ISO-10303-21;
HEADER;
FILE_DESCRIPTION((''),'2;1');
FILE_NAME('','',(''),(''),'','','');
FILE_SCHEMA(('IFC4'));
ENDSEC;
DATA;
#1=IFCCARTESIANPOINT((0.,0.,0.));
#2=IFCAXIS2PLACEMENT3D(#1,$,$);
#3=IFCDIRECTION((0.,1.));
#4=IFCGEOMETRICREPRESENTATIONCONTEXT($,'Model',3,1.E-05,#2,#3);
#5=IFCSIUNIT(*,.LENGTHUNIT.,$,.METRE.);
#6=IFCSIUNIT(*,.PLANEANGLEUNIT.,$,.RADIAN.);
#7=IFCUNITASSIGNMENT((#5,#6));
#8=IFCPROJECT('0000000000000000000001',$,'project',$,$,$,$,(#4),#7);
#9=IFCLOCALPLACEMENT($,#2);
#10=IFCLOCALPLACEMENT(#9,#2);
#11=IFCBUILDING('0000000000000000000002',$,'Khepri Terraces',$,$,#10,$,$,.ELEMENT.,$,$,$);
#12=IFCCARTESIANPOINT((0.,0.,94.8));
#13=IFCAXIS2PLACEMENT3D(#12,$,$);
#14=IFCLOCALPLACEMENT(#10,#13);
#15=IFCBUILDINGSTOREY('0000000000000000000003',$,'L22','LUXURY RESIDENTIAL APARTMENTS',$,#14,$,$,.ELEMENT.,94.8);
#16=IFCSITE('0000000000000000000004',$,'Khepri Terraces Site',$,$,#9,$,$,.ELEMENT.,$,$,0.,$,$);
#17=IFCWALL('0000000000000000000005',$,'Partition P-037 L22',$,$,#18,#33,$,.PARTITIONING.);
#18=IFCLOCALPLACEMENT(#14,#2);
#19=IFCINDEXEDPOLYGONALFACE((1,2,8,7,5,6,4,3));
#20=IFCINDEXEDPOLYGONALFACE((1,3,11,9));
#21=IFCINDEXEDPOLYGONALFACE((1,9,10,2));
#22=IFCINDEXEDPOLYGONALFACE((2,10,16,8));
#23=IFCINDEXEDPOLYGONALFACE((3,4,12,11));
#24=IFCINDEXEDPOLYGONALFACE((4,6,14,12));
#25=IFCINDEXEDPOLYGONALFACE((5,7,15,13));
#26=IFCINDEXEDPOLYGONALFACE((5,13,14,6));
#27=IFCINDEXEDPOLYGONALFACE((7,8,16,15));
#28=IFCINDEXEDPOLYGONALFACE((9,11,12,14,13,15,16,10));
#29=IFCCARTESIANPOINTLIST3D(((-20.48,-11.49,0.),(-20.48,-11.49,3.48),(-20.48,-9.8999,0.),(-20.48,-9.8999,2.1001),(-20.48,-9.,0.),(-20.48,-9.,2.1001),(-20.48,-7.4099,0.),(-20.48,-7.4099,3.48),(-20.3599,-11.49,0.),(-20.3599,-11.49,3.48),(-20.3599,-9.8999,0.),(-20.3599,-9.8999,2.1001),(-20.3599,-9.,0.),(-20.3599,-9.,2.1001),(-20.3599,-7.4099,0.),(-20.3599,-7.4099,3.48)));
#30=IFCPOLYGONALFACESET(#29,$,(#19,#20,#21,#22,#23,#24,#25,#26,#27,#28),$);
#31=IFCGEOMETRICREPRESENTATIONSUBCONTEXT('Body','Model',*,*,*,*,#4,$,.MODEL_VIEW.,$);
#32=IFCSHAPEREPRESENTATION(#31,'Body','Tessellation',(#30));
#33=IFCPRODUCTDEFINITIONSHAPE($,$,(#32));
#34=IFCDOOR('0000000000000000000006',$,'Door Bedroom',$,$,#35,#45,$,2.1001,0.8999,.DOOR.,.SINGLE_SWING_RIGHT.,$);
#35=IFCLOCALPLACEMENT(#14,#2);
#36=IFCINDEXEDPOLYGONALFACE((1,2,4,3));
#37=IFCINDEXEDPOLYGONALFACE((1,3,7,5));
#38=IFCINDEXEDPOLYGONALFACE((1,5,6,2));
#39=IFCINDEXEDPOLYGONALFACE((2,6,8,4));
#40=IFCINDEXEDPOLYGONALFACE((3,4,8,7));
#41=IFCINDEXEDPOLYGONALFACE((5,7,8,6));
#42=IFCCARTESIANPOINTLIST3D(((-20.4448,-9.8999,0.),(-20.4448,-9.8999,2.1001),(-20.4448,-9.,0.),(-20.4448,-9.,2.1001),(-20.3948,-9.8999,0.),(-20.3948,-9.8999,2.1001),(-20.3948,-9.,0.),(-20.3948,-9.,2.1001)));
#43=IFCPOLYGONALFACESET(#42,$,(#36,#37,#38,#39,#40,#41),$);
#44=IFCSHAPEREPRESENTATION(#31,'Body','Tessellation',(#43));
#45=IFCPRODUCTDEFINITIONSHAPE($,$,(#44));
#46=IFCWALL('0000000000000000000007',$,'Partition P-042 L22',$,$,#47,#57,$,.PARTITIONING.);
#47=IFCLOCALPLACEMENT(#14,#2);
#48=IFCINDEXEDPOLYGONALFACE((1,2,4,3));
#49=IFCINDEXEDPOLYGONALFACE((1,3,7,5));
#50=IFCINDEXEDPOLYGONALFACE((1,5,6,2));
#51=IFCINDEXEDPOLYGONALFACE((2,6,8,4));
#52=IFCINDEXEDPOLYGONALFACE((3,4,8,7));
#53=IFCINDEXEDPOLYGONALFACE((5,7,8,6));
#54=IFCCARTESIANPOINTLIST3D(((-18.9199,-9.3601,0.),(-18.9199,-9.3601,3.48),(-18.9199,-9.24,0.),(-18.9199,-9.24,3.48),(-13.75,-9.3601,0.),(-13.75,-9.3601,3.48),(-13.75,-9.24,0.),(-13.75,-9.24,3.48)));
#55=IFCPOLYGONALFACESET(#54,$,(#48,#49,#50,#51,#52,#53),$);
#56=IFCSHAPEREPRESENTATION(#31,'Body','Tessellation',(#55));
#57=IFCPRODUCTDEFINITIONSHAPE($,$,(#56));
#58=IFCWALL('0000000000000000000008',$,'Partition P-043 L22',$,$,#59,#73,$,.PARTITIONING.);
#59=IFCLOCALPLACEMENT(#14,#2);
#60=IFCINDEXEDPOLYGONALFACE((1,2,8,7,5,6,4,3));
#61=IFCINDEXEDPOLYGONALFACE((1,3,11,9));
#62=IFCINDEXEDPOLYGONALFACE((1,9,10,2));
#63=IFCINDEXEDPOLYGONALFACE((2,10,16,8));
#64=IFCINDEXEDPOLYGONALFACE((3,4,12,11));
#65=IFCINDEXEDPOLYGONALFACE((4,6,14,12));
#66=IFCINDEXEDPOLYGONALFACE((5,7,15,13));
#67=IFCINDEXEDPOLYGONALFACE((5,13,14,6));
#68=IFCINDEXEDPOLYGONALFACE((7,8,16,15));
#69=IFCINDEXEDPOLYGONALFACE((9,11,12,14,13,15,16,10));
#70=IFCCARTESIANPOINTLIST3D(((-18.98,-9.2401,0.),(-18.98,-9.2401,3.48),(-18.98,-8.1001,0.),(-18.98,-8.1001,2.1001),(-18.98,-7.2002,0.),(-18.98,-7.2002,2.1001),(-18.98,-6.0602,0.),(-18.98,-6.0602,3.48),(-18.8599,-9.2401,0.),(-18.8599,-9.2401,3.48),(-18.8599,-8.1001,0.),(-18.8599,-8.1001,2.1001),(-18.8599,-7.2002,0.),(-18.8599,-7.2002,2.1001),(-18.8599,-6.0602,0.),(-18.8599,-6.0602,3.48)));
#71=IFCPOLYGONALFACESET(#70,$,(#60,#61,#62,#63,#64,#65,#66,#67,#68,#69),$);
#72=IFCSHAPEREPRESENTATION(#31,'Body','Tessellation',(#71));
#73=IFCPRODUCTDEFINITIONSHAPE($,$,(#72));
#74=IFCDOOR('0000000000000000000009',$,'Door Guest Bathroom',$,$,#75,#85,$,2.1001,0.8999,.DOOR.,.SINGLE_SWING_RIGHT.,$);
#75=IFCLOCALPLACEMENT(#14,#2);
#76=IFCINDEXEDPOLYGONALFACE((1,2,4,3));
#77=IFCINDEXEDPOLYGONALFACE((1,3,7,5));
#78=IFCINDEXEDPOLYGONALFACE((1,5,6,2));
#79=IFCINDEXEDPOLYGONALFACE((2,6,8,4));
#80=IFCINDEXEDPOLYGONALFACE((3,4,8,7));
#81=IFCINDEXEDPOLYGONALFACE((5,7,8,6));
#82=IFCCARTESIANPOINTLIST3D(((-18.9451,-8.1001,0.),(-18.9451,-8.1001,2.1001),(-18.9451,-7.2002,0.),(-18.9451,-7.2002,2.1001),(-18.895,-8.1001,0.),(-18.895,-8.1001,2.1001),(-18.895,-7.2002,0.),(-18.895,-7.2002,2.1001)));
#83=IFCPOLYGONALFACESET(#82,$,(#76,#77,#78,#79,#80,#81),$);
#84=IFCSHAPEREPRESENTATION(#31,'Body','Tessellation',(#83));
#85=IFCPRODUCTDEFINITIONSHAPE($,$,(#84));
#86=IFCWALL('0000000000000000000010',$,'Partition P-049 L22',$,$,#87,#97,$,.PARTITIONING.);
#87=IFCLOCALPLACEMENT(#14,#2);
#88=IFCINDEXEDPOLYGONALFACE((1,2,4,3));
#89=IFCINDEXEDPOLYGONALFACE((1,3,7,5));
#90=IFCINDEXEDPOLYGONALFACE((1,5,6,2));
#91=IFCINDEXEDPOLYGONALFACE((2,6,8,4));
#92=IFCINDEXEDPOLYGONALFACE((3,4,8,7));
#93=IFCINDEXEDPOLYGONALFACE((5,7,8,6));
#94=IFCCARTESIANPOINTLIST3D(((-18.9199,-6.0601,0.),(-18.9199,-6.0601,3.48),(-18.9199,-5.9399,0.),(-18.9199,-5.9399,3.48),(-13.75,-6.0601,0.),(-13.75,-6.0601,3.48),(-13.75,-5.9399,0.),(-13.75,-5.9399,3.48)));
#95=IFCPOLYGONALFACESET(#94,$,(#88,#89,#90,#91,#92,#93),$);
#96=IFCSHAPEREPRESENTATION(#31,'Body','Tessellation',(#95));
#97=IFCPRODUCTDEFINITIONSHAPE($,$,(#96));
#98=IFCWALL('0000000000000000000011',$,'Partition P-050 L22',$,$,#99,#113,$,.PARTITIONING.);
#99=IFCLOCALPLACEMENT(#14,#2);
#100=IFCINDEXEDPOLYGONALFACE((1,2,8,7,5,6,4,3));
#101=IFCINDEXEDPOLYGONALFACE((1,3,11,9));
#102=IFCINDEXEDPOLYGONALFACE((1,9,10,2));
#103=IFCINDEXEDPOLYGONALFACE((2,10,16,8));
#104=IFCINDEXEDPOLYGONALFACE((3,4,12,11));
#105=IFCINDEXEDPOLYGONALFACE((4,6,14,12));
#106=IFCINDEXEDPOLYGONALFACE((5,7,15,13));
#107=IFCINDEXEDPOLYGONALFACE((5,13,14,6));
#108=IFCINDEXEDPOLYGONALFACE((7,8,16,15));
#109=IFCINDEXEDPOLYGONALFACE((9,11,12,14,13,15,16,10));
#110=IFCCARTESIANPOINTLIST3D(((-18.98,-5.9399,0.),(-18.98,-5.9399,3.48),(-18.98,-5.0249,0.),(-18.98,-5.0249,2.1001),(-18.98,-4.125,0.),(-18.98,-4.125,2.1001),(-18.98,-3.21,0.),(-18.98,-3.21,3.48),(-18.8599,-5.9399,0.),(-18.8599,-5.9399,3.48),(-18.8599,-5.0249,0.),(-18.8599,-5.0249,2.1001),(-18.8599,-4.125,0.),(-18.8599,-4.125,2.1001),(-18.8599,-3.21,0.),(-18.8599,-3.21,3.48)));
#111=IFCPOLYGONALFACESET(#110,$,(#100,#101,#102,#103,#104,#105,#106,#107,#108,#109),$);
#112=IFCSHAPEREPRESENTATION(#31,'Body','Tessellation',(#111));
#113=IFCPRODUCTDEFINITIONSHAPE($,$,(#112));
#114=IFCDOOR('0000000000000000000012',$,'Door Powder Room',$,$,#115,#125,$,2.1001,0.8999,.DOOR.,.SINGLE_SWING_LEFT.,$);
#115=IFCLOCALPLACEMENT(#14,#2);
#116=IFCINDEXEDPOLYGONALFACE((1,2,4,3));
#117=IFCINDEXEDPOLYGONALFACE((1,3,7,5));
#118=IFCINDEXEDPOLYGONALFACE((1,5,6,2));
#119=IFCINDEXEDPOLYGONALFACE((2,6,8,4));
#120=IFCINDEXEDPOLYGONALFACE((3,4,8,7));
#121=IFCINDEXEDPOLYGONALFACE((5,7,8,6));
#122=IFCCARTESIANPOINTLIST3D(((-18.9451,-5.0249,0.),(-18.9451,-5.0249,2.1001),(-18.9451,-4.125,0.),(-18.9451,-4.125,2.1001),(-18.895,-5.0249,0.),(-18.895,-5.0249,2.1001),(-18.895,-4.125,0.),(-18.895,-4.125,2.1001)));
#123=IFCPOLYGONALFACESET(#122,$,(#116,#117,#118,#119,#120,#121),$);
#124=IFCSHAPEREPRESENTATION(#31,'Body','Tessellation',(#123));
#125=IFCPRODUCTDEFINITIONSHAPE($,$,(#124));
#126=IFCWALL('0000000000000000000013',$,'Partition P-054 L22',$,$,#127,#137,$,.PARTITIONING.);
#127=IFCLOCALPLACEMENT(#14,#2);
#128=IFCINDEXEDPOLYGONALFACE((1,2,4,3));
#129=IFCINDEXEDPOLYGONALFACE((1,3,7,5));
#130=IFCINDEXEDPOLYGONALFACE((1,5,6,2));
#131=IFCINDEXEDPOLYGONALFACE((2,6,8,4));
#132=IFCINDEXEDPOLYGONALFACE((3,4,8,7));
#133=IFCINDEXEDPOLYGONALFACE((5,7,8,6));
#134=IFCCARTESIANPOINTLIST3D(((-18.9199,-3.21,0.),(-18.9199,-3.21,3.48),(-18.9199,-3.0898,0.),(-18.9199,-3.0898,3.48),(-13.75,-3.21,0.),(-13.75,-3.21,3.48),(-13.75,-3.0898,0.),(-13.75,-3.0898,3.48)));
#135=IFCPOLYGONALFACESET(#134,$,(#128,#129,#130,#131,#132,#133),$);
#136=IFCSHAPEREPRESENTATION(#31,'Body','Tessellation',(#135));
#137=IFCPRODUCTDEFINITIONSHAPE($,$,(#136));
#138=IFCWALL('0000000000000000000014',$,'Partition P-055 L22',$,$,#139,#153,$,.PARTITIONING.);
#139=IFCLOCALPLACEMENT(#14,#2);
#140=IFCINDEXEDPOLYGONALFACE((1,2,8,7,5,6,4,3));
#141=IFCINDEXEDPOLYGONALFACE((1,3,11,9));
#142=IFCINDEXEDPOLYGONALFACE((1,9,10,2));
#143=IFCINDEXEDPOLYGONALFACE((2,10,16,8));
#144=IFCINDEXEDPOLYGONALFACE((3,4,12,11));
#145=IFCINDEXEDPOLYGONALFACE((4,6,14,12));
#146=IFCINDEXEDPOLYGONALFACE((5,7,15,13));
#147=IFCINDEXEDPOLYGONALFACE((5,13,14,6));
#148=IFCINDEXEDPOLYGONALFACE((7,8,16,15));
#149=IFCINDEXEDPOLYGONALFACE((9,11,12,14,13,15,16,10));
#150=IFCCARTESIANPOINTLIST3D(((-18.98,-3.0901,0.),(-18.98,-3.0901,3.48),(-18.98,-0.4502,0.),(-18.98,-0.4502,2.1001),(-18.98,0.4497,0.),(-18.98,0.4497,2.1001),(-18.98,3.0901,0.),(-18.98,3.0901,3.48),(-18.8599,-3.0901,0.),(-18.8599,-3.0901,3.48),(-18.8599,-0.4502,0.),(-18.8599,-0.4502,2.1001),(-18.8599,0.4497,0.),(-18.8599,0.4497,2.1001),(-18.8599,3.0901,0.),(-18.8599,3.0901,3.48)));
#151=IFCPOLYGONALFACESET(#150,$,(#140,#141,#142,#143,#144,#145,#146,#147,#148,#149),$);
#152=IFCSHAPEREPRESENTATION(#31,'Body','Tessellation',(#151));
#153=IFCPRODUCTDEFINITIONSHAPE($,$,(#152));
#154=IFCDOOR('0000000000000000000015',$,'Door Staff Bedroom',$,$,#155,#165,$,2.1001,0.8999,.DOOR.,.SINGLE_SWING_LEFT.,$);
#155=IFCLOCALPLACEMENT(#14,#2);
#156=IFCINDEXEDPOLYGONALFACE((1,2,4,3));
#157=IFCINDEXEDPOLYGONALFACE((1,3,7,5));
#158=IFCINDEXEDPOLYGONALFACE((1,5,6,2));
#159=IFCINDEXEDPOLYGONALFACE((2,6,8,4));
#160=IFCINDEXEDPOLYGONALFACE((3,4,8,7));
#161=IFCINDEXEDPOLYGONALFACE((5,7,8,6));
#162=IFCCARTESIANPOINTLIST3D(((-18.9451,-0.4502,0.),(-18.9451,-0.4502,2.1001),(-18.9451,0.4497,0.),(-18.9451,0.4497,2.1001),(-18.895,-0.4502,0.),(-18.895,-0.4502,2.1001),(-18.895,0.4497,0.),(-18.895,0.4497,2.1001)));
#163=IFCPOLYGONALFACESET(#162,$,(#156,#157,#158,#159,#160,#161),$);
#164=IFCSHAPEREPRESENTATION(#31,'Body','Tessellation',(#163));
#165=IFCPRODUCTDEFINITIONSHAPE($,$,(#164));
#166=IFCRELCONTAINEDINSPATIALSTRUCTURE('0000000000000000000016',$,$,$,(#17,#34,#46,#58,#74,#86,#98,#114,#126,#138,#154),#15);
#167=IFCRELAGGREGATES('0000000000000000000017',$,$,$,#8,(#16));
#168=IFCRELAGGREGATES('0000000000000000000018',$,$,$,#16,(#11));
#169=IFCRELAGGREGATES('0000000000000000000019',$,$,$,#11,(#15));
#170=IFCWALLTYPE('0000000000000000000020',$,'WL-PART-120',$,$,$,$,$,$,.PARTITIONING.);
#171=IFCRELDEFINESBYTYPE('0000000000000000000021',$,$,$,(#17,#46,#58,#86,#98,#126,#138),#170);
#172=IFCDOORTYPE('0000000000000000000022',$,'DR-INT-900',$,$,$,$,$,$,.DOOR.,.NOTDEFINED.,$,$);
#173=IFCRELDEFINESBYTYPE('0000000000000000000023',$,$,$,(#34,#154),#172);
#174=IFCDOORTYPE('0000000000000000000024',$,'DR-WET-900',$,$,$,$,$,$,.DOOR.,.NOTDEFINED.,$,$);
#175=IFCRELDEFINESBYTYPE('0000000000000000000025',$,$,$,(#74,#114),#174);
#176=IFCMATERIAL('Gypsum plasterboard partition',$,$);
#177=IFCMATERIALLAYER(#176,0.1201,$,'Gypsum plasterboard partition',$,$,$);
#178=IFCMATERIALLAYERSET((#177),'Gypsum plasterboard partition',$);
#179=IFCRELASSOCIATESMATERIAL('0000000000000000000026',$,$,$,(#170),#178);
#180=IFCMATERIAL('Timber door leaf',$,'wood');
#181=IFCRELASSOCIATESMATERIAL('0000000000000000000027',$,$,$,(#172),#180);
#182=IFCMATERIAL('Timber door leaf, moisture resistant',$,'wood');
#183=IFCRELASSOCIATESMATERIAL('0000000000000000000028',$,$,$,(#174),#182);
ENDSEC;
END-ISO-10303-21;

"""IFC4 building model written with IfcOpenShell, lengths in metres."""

from ifc_helpers import new_model, si_unit, direction, frame, frame_2d, origin, place, context, subcontext, project, spatial, rectangle, extrude, material, layer, layer_set, type_object, element, fill, save


model = new_model("IFC4")

# Units and contexts
model_context = context("Model", 3, precision=1e-05, world=origin(), true_north=direction((0.0, 1.0)))
body_context = subcontext(model_context, "Body", "Model", "MODEL_VIEW")
ifc_project = project(units=[si_unit("LENGTHUNIT", "METRE"), si_unit("PLANEANGLEUNIT", "RADIAN")], contexts=[model_context])

# Site, building, storey
site_placement = place(None, origin())
site = spatial("IfcSite", under=ifc_project, at=site_placement, Name="Khepri Terraces Site", CompositionType="ELEMENT", RefElevation=0.0)
building_placement = place(site_placement, origin())
building = spatial("IfcBuilding", under=site, at=building_placement, Name="Khepri Terraces", CompositionType="ELEMENT")
storey_placement = place(building_placement, frame((0.0, 0.0, 94.8)))
storey = spatial("IfcBuildingStorey", under=building, at=storey_placement, Name="L22", Description="LUXURY RESIDENTIAL APARTMENTS", CompositionType="ELEMENT", Elevation=94.8)

# Wall, opening, door
ifc_material_1 = material(Name="Gypsum plasterboard partition")
ifc_layer_1 = layer(ifc_material_1, 0.1201, Name="Gypsum plasterboard partition")
ifc_layer_set_1 = layer_set([ifc_layer_1], Name="Gypsum plasterboard partition")
wall_type_1 = type_object("IfcWallType", Name="WL-PART-120", PredefinedType="PARTITIONING", material=ifc_layer_set_1)
ifc_material_2 = material(Name="Timber door leaf", Category="wood")
door_type_1 = type_object("IfcDoorType", Name="DR-INT-900", OperationType="NOTDEFINED", PredefinedType="DOOR", material=ifc_material_2)
ifc_material_3 = material(Name="Timber door leaf, moisture resistant", Category="wood")
door_type_2 = type_object("IfcDoorType", Name="DR-WET-900", OperationType="NOTDEFINED", PredefinedType="DOOR", material=ifc_material_3)
wall_1_placement = place(storey_placement, frame((-20.4199, -11.49, 0.0), z_axis=(0.0, 0.0, 1.0), x_axis=(0.0, 1.0, 0.0)))
wall_1 = element("IfcWall", 1, at=wall_1_placement, inside=storey, type_object=wall_type_1, Name="Partition P-037 L22", PredefinedType="PARTITIONING", context=body_context, shape_type="SweptSolid", body=[
    extrude(rectangle(XDim=4.0801, YDim=0.1201, at=frame_2d((2.04, 0.0))), origin(), (0.0, 0.0, 1.0), 3.48),
])
opening_1_placement = place(wall_1_placement, frame((1.5901, 0.0, 0.0)))
opening_1 = element("IfcOpeningElement", 2, at=opening_1_placement, cuts=wall_1, PredefinedType="OPENING", context=body_context, shape_type="SweptSolid", body=[
    extrude(rectangle(XDim=0.8999, YDim=2.1001, at=frame_2d((0.45, 1.05))), frame((0.0, 0.0701, 0.0), z_axis=(0.0, -1.0, 0.0), x_axis=(1.0, 0.0, 0.0)), (0.0, 0.0, 1.0), 0.1401),
])
door_1_placement = place(opening_1_placement, origin())
door_1 = element("IfcDoor", 3, at=door_1_placement, inside=storey, type_object=door_type_1, Name="Door Bedroom", OperationType="SINGLE_SWING_RIGHT", OverallHeight=2.1001, OverallWidth=0.8999, PredefinedType="DOOR", context=body_context, shape_type="SweptSolid", body=[
    extrude(rectangle(XDim=0.8999, YDim=2.1001, at=frame_2d((0.45, 1.05))), frame((0.0, 0.0249, 0.0), z_axis=(0.0, -1.0, 0.0), x_axis=(1.0, 0.0, 0.0)), (0.0, 0.0, 1.0), 0.05),
])
fill(opening_1, door_1)

# Wall
wall_2_placement = place(storey_placement, frame((-18.9199, -9.3, 0.0), z_axis=(0.0, 0.0, 1.0), x_axis=(1.0, 0.0, 0.0)))
element("IfcWall", 4, at=wall_2_placement, inside=storey, type_object=wall_type_1, Name="Partition P-042 L22", PredefinedType="PARTITIONING", context=body_context, shape_type="SweptSolid", body=[
    extrude(rectangle(XDim=5.1699, YDim=0.1201, at=frame_2d((2.585, 0.0))), origin(), (0.0, 0.0, 1.0), 3.48),
])

# Wall, opening, door
wall_3_placement = place(storey_placement, frame((-18.9199, -9.24, 0.0), z_axis=(0.0, 0.0, 1.0), x_axis=(0.0, 1.0, 0.0)))
wall_3 = element("IfcWall", 5, at=wall_3_placement, inside=storey, type_object=wall_type_1, Name="Partition P-043 L22", PredefinedType="PARTITIONING", context=body_context, shape_type="SweptSolid", body=[
    extrude(rectangle(XDim=3.1799, YDim=0.1201, at=frame_2d((1.5898, 0.0))), origin(), (0.0, 0.0, 1.0), 3.48),
])
opening_2_placement = place(wall_3_placement, frame((1.1399, 0.0, 0.0)))
opening_2 = element("IfcOpeningElement", 6, at=opening_2_placement, cuts=wall_3, PredefinedType="OPENING", context=body_context, shape_type="SweptSolid", body=[
    extrude(rectangle(XDim=0.8999, YDim=2.1001, at=frame_2d((0.45, 1.05))), frame((0.0, 0.0701, 0.0), z_axis=(0.0, -1.0, 0.0), x_axis=(1.0, 0.0, 0.0)), (0.0, 0.0, 1.0), 0.1401),
])
door_2_placement = place(opening_2_placement, frame((0.8999, 0.0, 0.0), z_axis=(0.0, 0.0, 1.0), x_axis=(-1.0, 0.0, 0.0)))
door_2 = element("IfcDoor", 7, at=door_2_placement, inside=storey, type_object=door_type_2, Name="Door Guest Bathroom", OperationType="SINGLE_SWING_RIGHT", OverallHeight=2.1001, OverallWidth=0.8999, PredefinedType="DOOR", context=body_context, shape_type="SweptSolid", body=[
    extrude(rectangle(XDim=0.8999, YDim=2.1001, at=frame_2d((0.45, 1.05))), frame((0.0, 0.0249, 0.0), z_axis=(0.0, -1.0, 0.0), x_axis=(1.0, 0.0, 0.0)), (0.0, 0.0, 1.0), 0.05),
])
fill(opening_2, door_2)

# Wall
wall_4_placement = place(storey_placement, frame((-18.9199, -6.0, 0.0), z_axis=(0.0, 0.0, 1.0), x_axis=(1.0, 0.0, 0.0)))
element("IfcWall", 8, at=wall_4_placement, inside=storey, type_object=wall_type_1, Name="Partition P-049 L22", PredefinedType="PARTITIONING", context=body_context, shape_type="SweptSolid", body=[
    extrude(rectangle(XDim=5.1699, YDim=0.1201, at=frame_2d((2.585, 0.0))), origin(), (0.0, 0.0, 1.0), 3.48),
])

# Wall, opening, door
wall_5_placement = place(storey_placement, frame((-18.9199, -5.9399, 0.0), z_axis=(0.0, 0.0, 1.0), x_axis=(0.0, 1.0, 0.0)))
wall_5 = element("IfcWall", 9, at=wall_5_placement, inside=storey, type_object=wall_type_1, Name="Partition P-050 L22", PredefinedType="PARTITIONING", context=body_context, shape_type="SweptSolid", body=[
    extrude(rectangle(XDim=2.73, YDim=0.1201, at=frame_2d((1.365, 0.0))), origin(), (0.0, 0.0, 1.0), 3.48),
])
opening_3_placement = place(wall_5_placement, frame((0.915, 0.0, 0.0)))
opening_3 = element("IfcOpeningElement", 10, at=opening_3_placement, cuts=wall_5, PredefinedType="OPENING", context=body_context, shape_type="SweptSolid", body=[
    extrude(rectangle(XDim=0.8999, YDim=2.1001, at=frame_2d((0.45, 1.05))), frame((0.0, 0.0701, 0.0), z_axis=(0.0, -1.0, 0.0), x_axis=(1.0, 0.0, 0.0)), (0.0, 0.0, 1.0), 0.1401),
])
door_3_placement = place(opening_3_placement, frame((0.8999, 0.0, 0.0), z_axis=(0.0, 0.0, 1.0), x_axis=(-1.0, 0.0, 0.0)))
door_3 = element("IfcDoor", 11, at=door_3_placement, inside=storey, type_object=door_type_2, Name="Door Powder Room", OperationType="SINGLE_SWING_LEFT", OverallHeight=2.1001, OverallWidth=0.8999, PredefinedType="DOOR", context=body_context, shape_type="SweptSolid", body=[
    extrude(rectangle(XDim=0.8999, YDim=2.1001, at=frame_2d((0.45, 1.05))), frame((0.0, 0.0249, 0.0), z_axis=(0.0, -1.0, 0.0), x_axis=(1.0, 0.0, 0.0)), (0.0, 0.0, 1.0), 0.05),
])
fill(opening_3, door_3)

# Wall
wall_6_placement = place(storey_placement, frame((-18.9199, -3.1499, 0.0), z_axis=(0.0, 0.0, 1.0), x_axis=(1.0, 0.0, 0.0)))
element("IfcWall", 12, at=wall_6_placement, inside=storey, type_object=wall_type_1, Name="Partition P-054 L22", PredefinedType="PARTITIONING", context=body_context, shape_type="SweptSolid", body=[
    extrude(rectangle(XDim=5.1699, YDim=0.1201, at=frame_2d((2.585, 0.0))), origin(), (0.0, 0.0, 1.0), 3.48),
])

# Wall, opening, door
wall_7_placement = place(storey_placement, frame((-18.9199, -3.0901, 0.0), z_axis=(0.0, 0.0, 1.0), x_axis=(0.0, 1.0, 0.0)))
wall_7 = element("IfcWall", 13, at=wall_7_placement, inside=storey, type_object=wall_type_1, Name="Partition P-055 L22", PredefinedType="PARTITIONING", context=body_context, shape_type="SweptSolid", body=[
    extrude(rectangle(XDim=6.1802, YDim=0.1201, at=frame_2d((3.0901, 0.0))), origin(), (0.0, 0.0, 1.0), 3.48),
])
opening_4_placement = place(wall_7_placement, frame((2.6399, 0.0, 0.0)))
opening_4 = element("IfcOpeningElement", 14, at=opening_4_placement, cuts=wall_7, PredefinedType="OPENING", context=body_context, shape_type="SweptSolid", body=[
    extrude(rectangle(XDim=0.8999, YDim=2.1001, at=frame_2d((0.45, 1.05))), frame((0.0, 0.0701, 0.0), z_axis=(0.0, -1.0, 0.0), x_axis=(1.0, 0.0, 0.0)), (0.0, 0.0, 1.0), 0.1401),
])
door_4_placement = place(opening_4_placement, frame((0.8999, 0.0, 0.0), z_axis=(0.0, 0.0, 1.0), x_axis=(-1.0, 0.0, 0.0)))
door_4 = element("IfcDoor", 15, at=door_4_placement, inside=storey, type_object=door_type_1, Name="Door Staff Bedroom", OperationType="SINGLE_SWING_LEFT", OverallHeight=2.1001, OverallWidth=0.8999, PredefinedType="DOOR", context=body_context, shape_type="SweptSolid", body=[
    extrude(rectangle(XDim=0.8999, YDim=2.1001, at=frame_2d((0.45, 1.05))), frame((0.0, 0.0249, 0.0), z_axis=(0.0, -1.0, 0.0), x_axis=(1.0, 0.0, 0.0)), (0.0, 0.0, 1.0), 0.05),
])
fill(opening_4, door_4)

save(model, "model.ifc")
